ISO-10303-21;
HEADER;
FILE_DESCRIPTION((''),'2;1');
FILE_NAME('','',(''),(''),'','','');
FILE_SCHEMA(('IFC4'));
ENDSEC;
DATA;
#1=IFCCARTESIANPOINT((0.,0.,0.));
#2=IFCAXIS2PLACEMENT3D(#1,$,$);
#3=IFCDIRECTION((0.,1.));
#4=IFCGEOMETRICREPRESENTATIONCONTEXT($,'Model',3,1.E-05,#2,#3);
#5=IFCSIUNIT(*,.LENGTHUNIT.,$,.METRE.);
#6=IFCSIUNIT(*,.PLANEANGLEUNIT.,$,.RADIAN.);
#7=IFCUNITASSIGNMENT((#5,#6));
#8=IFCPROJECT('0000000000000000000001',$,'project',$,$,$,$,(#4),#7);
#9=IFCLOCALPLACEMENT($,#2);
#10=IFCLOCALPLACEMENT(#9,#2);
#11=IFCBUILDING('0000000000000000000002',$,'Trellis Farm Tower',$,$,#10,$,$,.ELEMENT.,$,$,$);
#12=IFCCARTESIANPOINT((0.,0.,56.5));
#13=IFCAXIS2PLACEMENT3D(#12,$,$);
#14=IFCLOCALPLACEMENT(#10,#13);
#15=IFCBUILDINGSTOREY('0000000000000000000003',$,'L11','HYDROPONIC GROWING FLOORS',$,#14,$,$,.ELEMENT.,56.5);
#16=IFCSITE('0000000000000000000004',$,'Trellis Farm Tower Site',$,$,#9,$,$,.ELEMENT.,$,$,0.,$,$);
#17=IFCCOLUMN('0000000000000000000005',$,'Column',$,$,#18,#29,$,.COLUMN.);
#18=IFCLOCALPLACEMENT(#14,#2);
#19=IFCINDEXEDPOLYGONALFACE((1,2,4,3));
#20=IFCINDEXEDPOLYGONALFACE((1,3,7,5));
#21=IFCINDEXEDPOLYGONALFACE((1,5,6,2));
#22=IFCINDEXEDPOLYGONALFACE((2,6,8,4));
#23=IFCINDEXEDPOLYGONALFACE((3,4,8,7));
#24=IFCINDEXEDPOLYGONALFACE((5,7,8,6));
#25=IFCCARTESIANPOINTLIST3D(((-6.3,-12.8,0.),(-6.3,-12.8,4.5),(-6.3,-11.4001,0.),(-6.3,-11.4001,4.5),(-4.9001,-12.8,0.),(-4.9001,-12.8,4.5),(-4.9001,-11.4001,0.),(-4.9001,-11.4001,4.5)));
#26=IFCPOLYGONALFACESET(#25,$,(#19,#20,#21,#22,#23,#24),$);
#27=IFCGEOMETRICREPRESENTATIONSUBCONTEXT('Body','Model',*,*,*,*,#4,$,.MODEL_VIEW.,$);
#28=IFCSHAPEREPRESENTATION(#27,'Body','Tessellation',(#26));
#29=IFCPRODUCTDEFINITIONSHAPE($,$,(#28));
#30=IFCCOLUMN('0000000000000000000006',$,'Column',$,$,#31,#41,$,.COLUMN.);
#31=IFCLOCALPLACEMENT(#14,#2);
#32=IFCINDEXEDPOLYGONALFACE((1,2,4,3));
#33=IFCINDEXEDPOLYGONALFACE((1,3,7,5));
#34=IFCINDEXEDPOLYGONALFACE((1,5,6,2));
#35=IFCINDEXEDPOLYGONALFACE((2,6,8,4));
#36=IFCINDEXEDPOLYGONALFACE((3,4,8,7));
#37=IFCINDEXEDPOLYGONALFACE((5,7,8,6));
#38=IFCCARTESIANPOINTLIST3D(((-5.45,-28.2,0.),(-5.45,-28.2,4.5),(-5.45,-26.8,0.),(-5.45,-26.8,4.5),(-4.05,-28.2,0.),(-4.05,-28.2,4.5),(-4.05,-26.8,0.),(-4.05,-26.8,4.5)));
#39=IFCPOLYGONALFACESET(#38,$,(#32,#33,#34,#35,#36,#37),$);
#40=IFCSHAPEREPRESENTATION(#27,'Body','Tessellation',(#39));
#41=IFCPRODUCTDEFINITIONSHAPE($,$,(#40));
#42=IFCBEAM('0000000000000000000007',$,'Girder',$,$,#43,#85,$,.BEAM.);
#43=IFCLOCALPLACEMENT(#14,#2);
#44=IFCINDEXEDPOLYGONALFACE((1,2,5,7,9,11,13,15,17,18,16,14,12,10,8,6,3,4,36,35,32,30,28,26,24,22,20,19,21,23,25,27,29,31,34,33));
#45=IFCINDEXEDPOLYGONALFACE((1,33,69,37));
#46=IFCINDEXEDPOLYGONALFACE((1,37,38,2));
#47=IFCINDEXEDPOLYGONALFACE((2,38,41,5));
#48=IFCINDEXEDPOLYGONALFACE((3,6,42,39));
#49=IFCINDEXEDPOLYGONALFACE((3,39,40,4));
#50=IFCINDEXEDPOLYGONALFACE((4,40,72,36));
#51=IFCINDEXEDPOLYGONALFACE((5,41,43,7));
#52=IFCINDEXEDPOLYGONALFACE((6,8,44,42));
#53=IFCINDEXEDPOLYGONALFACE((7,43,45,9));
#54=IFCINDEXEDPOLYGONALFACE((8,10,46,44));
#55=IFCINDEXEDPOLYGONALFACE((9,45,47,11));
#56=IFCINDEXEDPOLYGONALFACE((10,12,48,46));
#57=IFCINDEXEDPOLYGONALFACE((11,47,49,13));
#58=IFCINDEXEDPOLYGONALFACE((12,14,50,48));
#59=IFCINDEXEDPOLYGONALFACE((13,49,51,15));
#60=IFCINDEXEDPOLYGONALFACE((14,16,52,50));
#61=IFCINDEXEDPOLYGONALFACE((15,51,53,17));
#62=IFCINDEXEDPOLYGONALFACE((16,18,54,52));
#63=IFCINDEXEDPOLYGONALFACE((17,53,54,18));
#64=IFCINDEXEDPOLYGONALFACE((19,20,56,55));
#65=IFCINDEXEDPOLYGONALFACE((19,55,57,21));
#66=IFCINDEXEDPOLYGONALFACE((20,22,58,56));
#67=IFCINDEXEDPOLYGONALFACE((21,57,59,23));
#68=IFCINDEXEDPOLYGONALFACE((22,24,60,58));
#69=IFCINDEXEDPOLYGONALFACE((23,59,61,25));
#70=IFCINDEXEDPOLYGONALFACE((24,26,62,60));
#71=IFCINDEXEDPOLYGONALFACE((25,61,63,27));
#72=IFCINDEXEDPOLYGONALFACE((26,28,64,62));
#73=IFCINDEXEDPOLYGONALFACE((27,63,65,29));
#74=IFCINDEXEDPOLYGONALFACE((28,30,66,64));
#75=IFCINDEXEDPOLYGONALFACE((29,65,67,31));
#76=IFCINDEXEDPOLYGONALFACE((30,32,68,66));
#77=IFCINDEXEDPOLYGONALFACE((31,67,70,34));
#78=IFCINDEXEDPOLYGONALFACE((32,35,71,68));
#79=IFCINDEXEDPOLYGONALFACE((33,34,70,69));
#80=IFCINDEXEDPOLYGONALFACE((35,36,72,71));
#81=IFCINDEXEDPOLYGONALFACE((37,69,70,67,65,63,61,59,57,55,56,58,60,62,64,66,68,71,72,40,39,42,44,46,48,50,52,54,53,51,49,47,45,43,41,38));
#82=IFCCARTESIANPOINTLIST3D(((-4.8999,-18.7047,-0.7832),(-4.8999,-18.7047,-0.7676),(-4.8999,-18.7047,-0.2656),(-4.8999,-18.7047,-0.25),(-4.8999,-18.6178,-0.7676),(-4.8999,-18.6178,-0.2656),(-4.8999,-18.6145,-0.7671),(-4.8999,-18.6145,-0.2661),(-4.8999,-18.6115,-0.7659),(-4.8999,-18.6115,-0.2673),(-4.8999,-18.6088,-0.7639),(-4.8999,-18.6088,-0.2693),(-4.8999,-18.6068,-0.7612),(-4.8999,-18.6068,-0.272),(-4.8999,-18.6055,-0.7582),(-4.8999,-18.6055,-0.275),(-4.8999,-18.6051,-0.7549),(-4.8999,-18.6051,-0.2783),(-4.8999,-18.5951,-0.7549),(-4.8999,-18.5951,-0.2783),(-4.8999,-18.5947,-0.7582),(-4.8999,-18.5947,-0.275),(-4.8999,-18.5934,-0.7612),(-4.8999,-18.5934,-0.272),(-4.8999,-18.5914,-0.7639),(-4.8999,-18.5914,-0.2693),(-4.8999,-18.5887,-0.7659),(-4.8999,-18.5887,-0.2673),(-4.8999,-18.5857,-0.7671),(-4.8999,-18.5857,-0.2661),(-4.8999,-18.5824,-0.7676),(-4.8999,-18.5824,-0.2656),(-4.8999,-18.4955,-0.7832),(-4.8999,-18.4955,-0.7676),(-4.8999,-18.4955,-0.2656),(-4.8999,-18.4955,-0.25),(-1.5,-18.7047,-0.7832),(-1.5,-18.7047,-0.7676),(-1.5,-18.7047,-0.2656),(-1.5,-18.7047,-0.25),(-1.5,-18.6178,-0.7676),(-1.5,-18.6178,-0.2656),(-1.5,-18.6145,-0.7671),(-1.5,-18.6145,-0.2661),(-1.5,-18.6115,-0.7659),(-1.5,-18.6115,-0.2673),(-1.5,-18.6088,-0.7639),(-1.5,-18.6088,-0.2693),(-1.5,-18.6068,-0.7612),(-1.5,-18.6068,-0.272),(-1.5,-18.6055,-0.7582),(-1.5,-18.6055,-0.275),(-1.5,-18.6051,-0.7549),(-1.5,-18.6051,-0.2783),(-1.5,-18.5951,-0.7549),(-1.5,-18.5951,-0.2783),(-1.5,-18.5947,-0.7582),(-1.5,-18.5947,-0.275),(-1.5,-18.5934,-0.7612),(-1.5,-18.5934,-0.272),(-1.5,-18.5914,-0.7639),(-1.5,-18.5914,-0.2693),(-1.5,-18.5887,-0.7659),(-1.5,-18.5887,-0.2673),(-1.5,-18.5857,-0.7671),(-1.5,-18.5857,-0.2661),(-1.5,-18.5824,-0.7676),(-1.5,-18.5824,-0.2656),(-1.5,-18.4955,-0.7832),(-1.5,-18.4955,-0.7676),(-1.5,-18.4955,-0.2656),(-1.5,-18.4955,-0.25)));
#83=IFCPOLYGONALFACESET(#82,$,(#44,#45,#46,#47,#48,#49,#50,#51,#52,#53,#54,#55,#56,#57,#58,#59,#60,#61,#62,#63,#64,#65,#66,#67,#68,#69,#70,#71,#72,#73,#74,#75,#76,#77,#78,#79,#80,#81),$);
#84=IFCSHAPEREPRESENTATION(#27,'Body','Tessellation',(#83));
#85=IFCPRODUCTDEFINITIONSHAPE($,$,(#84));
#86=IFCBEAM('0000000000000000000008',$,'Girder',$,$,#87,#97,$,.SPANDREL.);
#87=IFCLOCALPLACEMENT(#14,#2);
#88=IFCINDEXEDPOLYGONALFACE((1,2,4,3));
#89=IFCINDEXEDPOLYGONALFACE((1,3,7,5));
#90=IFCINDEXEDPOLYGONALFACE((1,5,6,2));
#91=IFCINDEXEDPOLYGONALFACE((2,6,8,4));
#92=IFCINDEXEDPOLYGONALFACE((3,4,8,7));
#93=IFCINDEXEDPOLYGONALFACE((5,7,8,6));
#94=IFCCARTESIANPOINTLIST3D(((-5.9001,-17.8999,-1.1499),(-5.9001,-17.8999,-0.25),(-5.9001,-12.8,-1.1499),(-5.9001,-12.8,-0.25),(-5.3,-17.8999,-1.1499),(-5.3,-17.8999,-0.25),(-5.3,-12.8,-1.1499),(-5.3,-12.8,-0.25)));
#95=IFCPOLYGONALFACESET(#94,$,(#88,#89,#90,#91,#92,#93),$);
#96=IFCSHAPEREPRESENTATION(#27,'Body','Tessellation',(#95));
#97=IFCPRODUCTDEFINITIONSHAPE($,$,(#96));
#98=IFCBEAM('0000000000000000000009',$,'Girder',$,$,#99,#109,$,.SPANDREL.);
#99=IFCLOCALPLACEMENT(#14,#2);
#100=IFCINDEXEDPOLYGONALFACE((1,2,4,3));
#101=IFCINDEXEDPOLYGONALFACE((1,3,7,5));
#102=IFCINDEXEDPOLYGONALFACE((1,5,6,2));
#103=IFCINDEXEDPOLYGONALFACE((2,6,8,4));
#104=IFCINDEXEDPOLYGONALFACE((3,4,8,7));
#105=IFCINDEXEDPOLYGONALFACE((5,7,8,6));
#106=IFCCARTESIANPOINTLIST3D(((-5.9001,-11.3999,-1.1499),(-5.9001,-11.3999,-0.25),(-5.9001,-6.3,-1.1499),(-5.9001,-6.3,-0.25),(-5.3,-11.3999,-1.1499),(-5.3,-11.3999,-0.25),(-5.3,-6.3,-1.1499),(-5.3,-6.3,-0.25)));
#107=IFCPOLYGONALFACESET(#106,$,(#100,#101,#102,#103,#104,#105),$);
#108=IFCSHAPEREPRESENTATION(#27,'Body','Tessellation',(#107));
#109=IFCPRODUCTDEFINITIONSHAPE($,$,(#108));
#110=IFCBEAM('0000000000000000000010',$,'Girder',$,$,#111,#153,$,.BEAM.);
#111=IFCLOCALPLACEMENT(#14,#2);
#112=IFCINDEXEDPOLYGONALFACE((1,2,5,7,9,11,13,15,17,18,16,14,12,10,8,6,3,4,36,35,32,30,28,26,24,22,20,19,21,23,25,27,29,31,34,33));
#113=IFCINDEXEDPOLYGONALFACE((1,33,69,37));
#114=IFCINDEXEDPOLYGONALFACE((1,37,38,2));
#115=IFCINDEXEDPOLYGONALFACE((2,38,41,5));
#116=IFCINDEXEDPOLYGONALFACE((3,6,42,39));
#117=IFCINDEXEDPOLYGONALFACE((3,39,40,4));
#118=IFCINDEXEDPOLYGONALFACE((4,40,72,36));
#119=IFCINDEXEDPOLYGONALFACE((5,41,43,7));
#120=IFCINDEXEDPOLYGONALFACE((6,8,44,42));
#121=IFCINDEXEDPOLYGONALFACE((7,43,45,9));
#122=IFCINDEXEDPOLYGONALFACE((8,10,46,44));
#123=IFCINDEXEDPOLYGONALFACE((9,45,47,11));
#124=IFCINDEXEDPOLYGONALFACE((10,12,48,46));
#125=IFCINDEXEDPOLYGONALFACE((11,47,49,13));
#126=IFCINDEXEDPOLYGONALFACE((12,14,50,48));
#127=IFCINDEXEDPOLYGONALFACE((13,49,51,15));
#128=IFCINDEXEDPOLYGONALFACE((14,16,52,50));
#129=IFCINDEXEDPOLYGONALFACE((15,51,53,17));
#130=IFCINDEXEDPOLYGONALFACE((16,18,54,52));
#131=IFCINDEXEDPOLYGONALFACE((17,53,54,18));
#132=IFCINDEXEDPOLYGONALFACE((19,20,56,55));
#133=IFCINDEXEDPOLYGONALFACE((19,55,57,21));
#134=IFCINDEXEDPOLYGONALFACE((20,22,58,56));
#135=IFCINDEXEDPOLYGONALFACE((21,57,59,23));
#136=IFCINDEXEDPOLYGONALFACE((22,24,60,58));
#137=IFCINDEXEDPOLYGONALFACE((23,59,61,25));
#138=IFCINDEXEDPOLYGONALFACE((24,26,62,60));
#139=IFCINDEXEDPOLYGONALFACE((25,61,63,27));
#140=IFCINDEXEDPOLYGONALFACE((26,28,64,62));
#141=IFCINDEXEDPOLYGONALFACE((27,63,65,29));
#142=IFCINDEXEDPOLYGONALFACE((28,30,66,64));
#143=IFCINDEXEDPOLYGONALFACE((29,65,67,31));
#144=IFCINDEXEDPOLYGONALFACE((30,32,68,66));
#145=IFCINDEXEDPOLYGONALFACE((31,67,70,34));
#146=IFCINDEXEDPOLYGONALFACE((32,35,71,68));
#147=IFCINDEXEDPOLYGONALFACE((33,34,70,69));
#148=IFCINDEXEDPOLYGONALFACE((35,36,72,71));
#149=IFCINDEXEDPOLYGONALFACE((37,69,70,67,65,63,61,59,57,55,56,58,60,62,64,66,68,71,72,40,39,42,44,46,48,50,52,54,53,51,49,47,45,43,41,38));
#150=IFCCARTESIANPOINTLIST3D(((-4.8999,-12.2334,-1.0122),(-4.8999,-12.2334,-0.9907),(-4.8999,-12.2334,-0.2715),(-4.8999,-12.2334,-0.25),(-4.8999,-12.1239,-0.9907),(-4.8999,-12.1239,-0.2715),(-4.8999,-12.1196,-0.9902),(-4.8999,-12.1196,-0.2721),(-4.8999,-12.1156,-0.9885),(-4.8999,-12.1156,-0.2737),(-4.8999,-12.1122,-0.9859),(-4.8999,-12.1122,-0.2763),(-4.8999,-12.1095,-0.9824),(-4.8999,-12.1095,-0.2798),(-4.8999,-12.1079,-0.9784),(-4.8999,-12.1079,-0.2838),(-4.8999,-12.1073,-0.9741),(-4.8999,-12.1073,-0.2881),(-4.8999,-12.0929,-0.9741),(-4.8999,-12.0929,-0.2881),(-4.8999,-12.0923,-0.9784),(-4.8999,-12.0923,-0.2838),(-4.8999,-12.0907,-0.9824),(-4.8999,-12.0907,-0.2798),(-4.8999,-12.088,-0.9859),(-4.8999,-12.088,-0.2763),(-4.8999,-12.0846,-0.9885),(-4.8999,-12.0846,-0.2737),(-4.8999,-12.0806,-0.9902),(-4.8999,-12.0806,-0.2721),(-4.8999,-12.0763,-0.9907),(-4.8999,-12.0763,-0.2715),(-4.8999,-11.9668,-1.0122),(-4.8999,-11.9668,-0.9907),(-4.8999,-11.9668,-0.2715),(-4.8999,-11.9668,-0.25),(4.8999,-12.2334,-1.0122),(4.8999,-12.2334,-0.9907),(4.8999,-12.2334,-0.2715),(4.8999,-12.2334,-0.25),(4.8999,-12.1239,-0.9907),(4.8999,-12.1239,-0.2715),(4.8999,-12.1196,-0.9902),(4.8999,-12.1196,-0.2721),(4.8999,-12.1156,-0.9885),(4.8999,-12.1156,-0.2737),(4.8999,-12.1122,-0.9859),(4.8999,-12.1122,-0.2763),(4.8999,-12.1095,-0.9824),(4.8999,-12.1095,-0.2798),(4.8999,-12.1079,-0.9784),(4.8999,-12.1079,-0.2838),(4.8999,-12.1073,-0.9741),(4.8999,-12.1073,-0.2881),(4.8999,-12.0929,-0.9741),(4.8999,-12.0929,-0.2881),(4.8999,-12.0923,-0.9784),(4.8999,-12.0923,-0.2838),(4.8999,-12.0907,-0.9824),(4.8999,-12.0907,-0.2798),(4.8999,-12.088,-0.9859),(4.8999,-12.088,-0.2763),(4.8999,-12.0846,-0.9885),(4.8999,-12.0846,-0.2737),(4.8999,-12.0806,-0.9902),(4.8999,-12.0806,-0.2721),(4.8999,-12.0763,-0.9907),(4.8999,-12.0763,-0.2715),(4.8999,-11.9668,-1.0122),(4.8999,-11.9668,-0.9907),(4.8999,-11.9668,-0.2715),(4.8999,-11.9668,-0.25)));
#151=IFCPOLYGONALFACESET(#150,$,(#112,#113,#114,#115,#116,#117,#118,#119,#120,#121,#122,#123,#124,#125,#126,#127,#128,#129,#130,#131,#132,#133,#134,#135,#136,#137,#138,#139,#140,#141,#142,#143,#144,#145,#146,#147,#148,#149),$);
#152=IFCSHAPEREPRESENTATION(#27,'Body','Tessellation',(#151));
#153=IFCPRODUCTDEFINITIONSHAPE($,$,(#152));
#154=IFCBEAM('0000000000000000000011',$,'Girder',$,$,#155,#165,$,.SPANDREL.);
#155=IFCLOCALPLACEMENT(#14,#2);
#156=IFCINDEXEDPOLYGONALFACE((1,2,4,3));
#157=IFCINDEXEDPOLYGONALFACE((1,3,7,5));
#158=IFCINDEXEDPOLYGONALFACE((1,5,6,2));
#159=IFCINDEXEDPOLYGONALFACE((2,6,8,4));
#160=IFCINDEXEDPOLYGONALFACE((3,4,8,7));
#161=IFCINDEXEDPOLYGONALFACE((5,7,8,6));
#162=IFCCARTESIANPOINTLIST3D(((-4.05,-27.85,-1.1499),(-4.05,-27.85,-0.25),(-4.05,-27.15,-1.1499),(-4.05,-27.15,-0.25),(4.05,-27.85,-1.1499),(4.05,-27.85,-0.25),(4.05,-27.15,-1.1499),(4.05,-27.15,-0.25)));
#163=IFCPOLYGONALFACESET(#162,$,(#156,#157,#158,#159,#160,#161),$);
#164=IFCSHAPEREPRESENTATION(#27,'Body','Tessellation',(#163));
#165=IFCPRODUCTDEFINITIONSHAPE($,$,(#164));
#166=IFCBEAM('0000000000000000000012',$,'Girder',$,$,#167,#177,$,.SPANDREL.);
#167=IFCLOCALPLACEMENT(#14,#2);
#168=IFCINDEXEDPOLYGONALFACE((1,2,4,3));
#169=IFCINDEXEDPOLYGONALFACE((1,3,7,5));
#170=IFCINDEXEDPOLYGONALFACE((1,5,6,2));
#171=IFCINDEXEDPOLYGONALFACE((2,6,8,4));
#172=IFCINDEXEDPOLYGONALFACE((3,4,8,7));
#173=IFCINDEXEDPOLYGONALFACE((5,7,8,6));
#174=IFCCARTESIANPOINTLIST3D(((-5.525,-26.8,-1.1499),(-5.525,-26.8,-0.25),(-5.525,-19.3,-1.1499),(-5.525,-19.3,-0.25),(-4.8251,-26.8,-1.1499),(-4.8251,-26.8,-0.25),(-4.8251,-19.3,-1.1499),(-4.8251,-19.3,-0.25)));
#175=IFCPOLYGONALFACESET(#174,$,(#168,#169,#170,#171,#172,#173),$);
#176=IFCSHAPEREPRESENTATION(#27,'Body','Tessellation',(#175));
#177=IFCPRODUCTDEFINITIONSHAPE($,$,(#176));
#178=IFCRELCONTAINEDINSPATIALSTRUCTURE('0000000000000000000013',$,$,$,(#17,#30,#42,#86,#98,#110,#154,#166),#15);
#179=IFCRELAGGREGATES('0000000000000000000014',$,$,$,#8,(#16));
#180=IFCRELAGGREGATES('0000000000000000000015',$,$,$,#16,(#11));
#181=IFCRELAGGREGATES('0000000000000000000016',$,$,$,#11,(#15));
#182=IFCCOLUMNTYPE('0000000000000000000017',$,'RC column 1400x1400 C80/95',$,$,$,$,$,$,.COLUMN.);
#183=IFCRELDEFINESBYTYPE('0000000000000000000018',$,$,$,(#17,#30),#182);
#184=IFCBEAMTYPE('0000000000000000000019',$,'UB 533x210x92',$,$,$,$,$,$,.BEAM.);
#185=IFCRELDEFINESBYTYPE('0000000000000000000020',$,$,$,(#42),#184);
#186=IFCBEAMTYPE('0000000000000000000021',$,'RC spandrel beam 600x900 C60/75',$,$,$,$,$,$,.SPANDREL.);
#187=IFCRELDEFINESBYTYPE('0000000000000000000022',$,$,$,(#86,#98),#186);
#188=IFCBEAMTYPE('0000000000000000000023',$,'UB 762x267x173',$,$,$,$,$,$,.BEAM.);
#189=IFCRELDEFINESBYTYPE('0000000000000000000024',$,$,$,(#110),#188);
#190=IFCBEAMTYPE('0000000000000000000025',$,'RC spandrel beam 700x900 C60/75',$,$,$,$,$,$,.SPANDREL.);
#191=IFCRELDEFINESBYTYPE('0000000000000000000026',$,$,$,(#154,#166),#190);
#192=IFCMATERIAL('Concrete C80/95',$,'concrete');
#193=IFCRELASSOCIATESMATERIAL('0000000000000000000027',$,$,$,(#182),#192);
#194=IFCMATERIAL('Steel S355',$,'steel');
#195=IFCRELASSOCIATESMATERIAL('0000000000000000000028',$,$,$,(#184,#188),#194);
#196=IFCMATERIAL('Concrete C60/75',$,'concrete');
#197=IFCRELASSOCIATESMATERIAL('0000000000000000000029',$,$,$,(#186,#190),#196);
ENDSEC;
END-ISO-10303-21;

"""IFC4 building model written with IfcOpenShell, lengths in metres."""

from ifc_helpers import new_model, si_unit, direction, frame, origin, origin_2d, place, context, subcontext, project, spatial, rectangle, i_section, extrude, source, transform, mapped, material, material_profile, profile_set, type_object, element, save


model = new_model("IFC4")

# Units and contexts
model_context = context("Model", 3, precision=1e-05, world=origin(), true_north=direction((0.0, 1.0)))
body_context = subcontext(model_context, "Body", "Model", "MODEL_VIEW")
ifc_project = project(units=[si_unit("LENGTHUNIT", "METRE"), si_unit("PLANEANGLEUNIT", "RADIAN")], contexts=[model_context])

# Site, building, storey
site_placement = place(None, origin())
site = spatial("IfcSite", under=ifc_project, at=site_placement, Name="Trellis Farm Tower Site", CompositionType="ELEMENT", RefElevation=0.0)
building_placement = place(site_placement, origin())
building = spatial("IfcBuilding", under=site, at=building_placement, Name="Trellis Farm Tower", CompositionType="ELEMENT")
storey_placement = place(building_placement, frame((0.0, 0.0, 56.5)))
storey = spatial("IfcBuildingStorey", under=building, at=storey_placement, Name="L11", Description="HYDROPONIC GROWING FLOORS", CompositionType="ELEMENT", Elevation=56.5)

# Columns
ifc_material_1 = material(Name="Concrete C80/95", Category="concrete")
ifc_material_profile_1 = material_profile(ifc_material_1, rectangle(XDim=1.3999, YDim=1.3999, at=origin_2d()), Name="RC column 1400x1400 C80/95")
ifc_profile_set_1 = profile_set([ifc_material_profile_1], Name="Concrete C80/95")
column_type = type_object("IfcColumnType", Name="RC column 1400x1400 C80/95", PredefinedType="COLUMN", material=ifc_profile_set_1)
shared_shape_1 = source(origin(), body_context, "Body", "SweptSolid", [
    extrude(rectangle(XDim=1.3999, YDim=1.3999, at=origin_2d()), origin(), (0.0, 0.0, 1.0), 4.5),
])
for number, where, z_axis, x_axis, name in (
    (1, (-5.6001, -12.1001, 0.0), (0.0, 0.0, 1.0), (1.0, 0.0, 0.0), "Column"),
    (2, (-4.75, -27.5, 0.0), (0.0, 0.0, 1.0), (1.0, 0.0, 0.0), "Column"),
):
    element("IfcColumn", number, at=place(storey_placement, frame(where, z_axis=z_axis, x_axis=x_axis)), inside=storey, type_object=column_type, Name=name, PredefinedType="COLUMN", context=body_context, shape_type="MappedRepresentation", body=[
        mapped(shared_shape_1, transform((0.0, 0.0, 0.0))),
    ])

# Beams
ifc_material_2 = material(Name="Steel S355", Category="steel")
ifc_material_profile_2 = material_profile(ifc_material_2, i_section(OverallWidth=0.2092, OverallDepth=0.5332, WebThickness=0.01, FlangeThickness=0.0156, FilletRadius=0.0127, at=origin_2d()), Name="UB 533x210x92")
ifc_profile_set_2 = profile_set([ifc_material_profile_2], Name="Steel S355")
beam_type_1 = type_object("IfcBeamType", Name="UB 533x210x92", PredefinedType="BEAM", material=ifc_profile_set_2)
shared_shape_2 = source(origin(), body_context, "Body", "SweptSolid", [
    extrude(i_section(OverallWidth=0.2092, OverallDepth=0.5332, WebThickness=0.01, FlangeThickness=0.0156, FilletRadius=0.0127, at=origin_2d()), origin(), (0.0, 0.0, 1.0), 3.3999),
])
beam_1_placement = place(storey_placement, frame((-4.8999, -18.6001, -0.5166), z_axis=(1.0, 0.0, 0.0), x_axis=(0.0, 1.0, 0.0)))
element("IfcBeam", 3, at=beam_1_placement, inside=storey, type_object=beam_type_1, Name="Girder", PredefinedType="BEAM", context=body_context, shape_type="MappedRepresentation", body=[
    mapped(shared_shape_2, transform((0.0, 0.0, 0.0))),
])
ifc_material_3 = material(Name="Concrete C60/75", Category="concrete")
ifc_material_profile_3 = material_profile(ifc_material_3, rectangle(XDim=0.6001, YDim=0.8999, at=origin_2d()), Name="RC spandrel beam 600x900 C60/75")
ifc_profile_set_3 = profile_set([ifc_material_profile_3], Name="Concrete C60/75")
beam_type_2 = type_object("IfcBeamType", Name="RC spandrel beam 600x900 C60/75", PredefinedType="SPANDREL", material=ifc_profile_set_3)
shared_shape_3 = source(origin(), body_context, "Body", "SweptSolid", [
    extrude(rectangle(XDim=0.6001, YDim=0.8999, at=origin_2d()), origin(), (0.0, 0.0, 1.0), 5.0999),
])
for number, where, z_axis, x_axis, name in (
    (4, (-5.6001, -17.8999, -0.7), (0.0, 1.0, 0.0), (-1.0, 0.0, 0.0), "Girder"),
    (5, (-5.6001, -11.3999, -0.7), (0.0, 1.0, 0.0), (-1.0, 0.0, 0.0), "Girder"),
):
    element("IfcBeam", number, at=place(storey_placement, frame(where, z_axis=z_axis, x_axis=x_axis)), inside=storey, type_object=beam_type_2, Name=name, PredefinedType="SPANDREL", context=body_context, shape_type="MappedRepresentation", body=[
        mapped(shared_shape_3, transform((0.0, 0.0, 0.0))),
    ])
ifc_material_profile_4 = material_profile(ifc_material_2, i_section(OverallWidth=0.2666, OverallDepth=0.7622, WebThickness=0.0144, FlangeThickness=0.0215, FilletRadius=0.0166, at=origin_2d()), Name="UB 762x267x173")
ifc_profile_set_4 = profile_set([ifc_material_profile_4], Name="Steel S355")
beam_type_3 = type_object("IfcBeamType", Name="UB 762x267x173", PredefinedType="BEAM", material=ifc_profile_set_4)
shared_shape_4 = source(origin(), body_context, "Body", "SweptSolid", [
    extrude(i_section(OverallWidth=0.2666, OverallDepth=0.7622, WebThickness=0.0144, FlangeThickness=0.0215, FilletRadius=0.0166, at=origin_2d()), origin(), (0.0, 0.0, 1.0), 9.7998),
])
beam_2_placement = place(storey_placement, frame((-4.8999, -12.1001, -0.6311), z_axis=(1.0, 0.0, 0.0), x_axis=(0.0, 1.0, 0.0)))
element("IfcBeam", 6, at=beam_2_placement, inside=storey, type_object=beam_type_3, Name="Girder", PredefinedType="BEAM", context=body_context, shape_type="MappedRepresentation", body=[
    mapped(shared_shape_4, transform((0.0, 0.0, 0.0))),
])
ifc_material_profile_5 = material_profile(ifc_material_3, rectangle(XDim=0.7, YDim=0.8999, at=origin_2d()), Name="RC spandrel beam 700x900 C60/75")
ifc_profile_set_5 = profile_set([ifc_material_profile_5], Name="Concrete C60/75")
beam_type_4 = type_object("IfcBeamType", Name="RC spandrel beam 700x900 C60/75", PredefinedType="SPANDREL", material=ifc_profile_set_5)
shared_shape_5 = source(origin(), body_context, "Body", "SweptSolid", [
    extrude(rectangle(XDim=0.7, YDim=0.8999, at=origin_2d()), origin(), (0.0, 0.0, 1.0), 8.1001),
])
beam_3_placement = place(storey_placement, frame((-4.05, -27.5, -0.7), z_axis=(1.0, 0.0, 0.0), x_axis=(0.0, 1.0, 0.0)))
element("IfcBeam", 7, at=beam_3_placement, inside=storey, type_object=beam_type_4, Name="Girder", PredefinedType="SPANDREL", context=body_context, shape_type="MappedRepresentation", body=[
    mapped(shared_shape_5, transform((0.0, 0.0, 0.0))),
])
shared_shape_6 = source(origin(), body_context, "Body", "SweptSolid", [
    extrude(rectangle(XDim=0.7, YDim=0.8999, at=origin_2d()), origin(), (0.0, 0.0, 1.0), 7.5),
])
beam_4_placement = place(storey_placement, frame((-5.175, -26.8, -0.7), z_axis=(0.0, 1.0, 0.0), x_axis=(-1.0, 0.0, 0.0)))
element("IfcBeam", 8, at=beam_4_placement, inside=storey, type_object=beam_type_4, Name="Girder", PredefinedType="SPANDREL", context=body_context, shape_type="MappedRepresentation", body=[
    mapped(shared_shape_6, transform((0.0, 0.0, 0.0))),
])

save(model, "model.ifc")
